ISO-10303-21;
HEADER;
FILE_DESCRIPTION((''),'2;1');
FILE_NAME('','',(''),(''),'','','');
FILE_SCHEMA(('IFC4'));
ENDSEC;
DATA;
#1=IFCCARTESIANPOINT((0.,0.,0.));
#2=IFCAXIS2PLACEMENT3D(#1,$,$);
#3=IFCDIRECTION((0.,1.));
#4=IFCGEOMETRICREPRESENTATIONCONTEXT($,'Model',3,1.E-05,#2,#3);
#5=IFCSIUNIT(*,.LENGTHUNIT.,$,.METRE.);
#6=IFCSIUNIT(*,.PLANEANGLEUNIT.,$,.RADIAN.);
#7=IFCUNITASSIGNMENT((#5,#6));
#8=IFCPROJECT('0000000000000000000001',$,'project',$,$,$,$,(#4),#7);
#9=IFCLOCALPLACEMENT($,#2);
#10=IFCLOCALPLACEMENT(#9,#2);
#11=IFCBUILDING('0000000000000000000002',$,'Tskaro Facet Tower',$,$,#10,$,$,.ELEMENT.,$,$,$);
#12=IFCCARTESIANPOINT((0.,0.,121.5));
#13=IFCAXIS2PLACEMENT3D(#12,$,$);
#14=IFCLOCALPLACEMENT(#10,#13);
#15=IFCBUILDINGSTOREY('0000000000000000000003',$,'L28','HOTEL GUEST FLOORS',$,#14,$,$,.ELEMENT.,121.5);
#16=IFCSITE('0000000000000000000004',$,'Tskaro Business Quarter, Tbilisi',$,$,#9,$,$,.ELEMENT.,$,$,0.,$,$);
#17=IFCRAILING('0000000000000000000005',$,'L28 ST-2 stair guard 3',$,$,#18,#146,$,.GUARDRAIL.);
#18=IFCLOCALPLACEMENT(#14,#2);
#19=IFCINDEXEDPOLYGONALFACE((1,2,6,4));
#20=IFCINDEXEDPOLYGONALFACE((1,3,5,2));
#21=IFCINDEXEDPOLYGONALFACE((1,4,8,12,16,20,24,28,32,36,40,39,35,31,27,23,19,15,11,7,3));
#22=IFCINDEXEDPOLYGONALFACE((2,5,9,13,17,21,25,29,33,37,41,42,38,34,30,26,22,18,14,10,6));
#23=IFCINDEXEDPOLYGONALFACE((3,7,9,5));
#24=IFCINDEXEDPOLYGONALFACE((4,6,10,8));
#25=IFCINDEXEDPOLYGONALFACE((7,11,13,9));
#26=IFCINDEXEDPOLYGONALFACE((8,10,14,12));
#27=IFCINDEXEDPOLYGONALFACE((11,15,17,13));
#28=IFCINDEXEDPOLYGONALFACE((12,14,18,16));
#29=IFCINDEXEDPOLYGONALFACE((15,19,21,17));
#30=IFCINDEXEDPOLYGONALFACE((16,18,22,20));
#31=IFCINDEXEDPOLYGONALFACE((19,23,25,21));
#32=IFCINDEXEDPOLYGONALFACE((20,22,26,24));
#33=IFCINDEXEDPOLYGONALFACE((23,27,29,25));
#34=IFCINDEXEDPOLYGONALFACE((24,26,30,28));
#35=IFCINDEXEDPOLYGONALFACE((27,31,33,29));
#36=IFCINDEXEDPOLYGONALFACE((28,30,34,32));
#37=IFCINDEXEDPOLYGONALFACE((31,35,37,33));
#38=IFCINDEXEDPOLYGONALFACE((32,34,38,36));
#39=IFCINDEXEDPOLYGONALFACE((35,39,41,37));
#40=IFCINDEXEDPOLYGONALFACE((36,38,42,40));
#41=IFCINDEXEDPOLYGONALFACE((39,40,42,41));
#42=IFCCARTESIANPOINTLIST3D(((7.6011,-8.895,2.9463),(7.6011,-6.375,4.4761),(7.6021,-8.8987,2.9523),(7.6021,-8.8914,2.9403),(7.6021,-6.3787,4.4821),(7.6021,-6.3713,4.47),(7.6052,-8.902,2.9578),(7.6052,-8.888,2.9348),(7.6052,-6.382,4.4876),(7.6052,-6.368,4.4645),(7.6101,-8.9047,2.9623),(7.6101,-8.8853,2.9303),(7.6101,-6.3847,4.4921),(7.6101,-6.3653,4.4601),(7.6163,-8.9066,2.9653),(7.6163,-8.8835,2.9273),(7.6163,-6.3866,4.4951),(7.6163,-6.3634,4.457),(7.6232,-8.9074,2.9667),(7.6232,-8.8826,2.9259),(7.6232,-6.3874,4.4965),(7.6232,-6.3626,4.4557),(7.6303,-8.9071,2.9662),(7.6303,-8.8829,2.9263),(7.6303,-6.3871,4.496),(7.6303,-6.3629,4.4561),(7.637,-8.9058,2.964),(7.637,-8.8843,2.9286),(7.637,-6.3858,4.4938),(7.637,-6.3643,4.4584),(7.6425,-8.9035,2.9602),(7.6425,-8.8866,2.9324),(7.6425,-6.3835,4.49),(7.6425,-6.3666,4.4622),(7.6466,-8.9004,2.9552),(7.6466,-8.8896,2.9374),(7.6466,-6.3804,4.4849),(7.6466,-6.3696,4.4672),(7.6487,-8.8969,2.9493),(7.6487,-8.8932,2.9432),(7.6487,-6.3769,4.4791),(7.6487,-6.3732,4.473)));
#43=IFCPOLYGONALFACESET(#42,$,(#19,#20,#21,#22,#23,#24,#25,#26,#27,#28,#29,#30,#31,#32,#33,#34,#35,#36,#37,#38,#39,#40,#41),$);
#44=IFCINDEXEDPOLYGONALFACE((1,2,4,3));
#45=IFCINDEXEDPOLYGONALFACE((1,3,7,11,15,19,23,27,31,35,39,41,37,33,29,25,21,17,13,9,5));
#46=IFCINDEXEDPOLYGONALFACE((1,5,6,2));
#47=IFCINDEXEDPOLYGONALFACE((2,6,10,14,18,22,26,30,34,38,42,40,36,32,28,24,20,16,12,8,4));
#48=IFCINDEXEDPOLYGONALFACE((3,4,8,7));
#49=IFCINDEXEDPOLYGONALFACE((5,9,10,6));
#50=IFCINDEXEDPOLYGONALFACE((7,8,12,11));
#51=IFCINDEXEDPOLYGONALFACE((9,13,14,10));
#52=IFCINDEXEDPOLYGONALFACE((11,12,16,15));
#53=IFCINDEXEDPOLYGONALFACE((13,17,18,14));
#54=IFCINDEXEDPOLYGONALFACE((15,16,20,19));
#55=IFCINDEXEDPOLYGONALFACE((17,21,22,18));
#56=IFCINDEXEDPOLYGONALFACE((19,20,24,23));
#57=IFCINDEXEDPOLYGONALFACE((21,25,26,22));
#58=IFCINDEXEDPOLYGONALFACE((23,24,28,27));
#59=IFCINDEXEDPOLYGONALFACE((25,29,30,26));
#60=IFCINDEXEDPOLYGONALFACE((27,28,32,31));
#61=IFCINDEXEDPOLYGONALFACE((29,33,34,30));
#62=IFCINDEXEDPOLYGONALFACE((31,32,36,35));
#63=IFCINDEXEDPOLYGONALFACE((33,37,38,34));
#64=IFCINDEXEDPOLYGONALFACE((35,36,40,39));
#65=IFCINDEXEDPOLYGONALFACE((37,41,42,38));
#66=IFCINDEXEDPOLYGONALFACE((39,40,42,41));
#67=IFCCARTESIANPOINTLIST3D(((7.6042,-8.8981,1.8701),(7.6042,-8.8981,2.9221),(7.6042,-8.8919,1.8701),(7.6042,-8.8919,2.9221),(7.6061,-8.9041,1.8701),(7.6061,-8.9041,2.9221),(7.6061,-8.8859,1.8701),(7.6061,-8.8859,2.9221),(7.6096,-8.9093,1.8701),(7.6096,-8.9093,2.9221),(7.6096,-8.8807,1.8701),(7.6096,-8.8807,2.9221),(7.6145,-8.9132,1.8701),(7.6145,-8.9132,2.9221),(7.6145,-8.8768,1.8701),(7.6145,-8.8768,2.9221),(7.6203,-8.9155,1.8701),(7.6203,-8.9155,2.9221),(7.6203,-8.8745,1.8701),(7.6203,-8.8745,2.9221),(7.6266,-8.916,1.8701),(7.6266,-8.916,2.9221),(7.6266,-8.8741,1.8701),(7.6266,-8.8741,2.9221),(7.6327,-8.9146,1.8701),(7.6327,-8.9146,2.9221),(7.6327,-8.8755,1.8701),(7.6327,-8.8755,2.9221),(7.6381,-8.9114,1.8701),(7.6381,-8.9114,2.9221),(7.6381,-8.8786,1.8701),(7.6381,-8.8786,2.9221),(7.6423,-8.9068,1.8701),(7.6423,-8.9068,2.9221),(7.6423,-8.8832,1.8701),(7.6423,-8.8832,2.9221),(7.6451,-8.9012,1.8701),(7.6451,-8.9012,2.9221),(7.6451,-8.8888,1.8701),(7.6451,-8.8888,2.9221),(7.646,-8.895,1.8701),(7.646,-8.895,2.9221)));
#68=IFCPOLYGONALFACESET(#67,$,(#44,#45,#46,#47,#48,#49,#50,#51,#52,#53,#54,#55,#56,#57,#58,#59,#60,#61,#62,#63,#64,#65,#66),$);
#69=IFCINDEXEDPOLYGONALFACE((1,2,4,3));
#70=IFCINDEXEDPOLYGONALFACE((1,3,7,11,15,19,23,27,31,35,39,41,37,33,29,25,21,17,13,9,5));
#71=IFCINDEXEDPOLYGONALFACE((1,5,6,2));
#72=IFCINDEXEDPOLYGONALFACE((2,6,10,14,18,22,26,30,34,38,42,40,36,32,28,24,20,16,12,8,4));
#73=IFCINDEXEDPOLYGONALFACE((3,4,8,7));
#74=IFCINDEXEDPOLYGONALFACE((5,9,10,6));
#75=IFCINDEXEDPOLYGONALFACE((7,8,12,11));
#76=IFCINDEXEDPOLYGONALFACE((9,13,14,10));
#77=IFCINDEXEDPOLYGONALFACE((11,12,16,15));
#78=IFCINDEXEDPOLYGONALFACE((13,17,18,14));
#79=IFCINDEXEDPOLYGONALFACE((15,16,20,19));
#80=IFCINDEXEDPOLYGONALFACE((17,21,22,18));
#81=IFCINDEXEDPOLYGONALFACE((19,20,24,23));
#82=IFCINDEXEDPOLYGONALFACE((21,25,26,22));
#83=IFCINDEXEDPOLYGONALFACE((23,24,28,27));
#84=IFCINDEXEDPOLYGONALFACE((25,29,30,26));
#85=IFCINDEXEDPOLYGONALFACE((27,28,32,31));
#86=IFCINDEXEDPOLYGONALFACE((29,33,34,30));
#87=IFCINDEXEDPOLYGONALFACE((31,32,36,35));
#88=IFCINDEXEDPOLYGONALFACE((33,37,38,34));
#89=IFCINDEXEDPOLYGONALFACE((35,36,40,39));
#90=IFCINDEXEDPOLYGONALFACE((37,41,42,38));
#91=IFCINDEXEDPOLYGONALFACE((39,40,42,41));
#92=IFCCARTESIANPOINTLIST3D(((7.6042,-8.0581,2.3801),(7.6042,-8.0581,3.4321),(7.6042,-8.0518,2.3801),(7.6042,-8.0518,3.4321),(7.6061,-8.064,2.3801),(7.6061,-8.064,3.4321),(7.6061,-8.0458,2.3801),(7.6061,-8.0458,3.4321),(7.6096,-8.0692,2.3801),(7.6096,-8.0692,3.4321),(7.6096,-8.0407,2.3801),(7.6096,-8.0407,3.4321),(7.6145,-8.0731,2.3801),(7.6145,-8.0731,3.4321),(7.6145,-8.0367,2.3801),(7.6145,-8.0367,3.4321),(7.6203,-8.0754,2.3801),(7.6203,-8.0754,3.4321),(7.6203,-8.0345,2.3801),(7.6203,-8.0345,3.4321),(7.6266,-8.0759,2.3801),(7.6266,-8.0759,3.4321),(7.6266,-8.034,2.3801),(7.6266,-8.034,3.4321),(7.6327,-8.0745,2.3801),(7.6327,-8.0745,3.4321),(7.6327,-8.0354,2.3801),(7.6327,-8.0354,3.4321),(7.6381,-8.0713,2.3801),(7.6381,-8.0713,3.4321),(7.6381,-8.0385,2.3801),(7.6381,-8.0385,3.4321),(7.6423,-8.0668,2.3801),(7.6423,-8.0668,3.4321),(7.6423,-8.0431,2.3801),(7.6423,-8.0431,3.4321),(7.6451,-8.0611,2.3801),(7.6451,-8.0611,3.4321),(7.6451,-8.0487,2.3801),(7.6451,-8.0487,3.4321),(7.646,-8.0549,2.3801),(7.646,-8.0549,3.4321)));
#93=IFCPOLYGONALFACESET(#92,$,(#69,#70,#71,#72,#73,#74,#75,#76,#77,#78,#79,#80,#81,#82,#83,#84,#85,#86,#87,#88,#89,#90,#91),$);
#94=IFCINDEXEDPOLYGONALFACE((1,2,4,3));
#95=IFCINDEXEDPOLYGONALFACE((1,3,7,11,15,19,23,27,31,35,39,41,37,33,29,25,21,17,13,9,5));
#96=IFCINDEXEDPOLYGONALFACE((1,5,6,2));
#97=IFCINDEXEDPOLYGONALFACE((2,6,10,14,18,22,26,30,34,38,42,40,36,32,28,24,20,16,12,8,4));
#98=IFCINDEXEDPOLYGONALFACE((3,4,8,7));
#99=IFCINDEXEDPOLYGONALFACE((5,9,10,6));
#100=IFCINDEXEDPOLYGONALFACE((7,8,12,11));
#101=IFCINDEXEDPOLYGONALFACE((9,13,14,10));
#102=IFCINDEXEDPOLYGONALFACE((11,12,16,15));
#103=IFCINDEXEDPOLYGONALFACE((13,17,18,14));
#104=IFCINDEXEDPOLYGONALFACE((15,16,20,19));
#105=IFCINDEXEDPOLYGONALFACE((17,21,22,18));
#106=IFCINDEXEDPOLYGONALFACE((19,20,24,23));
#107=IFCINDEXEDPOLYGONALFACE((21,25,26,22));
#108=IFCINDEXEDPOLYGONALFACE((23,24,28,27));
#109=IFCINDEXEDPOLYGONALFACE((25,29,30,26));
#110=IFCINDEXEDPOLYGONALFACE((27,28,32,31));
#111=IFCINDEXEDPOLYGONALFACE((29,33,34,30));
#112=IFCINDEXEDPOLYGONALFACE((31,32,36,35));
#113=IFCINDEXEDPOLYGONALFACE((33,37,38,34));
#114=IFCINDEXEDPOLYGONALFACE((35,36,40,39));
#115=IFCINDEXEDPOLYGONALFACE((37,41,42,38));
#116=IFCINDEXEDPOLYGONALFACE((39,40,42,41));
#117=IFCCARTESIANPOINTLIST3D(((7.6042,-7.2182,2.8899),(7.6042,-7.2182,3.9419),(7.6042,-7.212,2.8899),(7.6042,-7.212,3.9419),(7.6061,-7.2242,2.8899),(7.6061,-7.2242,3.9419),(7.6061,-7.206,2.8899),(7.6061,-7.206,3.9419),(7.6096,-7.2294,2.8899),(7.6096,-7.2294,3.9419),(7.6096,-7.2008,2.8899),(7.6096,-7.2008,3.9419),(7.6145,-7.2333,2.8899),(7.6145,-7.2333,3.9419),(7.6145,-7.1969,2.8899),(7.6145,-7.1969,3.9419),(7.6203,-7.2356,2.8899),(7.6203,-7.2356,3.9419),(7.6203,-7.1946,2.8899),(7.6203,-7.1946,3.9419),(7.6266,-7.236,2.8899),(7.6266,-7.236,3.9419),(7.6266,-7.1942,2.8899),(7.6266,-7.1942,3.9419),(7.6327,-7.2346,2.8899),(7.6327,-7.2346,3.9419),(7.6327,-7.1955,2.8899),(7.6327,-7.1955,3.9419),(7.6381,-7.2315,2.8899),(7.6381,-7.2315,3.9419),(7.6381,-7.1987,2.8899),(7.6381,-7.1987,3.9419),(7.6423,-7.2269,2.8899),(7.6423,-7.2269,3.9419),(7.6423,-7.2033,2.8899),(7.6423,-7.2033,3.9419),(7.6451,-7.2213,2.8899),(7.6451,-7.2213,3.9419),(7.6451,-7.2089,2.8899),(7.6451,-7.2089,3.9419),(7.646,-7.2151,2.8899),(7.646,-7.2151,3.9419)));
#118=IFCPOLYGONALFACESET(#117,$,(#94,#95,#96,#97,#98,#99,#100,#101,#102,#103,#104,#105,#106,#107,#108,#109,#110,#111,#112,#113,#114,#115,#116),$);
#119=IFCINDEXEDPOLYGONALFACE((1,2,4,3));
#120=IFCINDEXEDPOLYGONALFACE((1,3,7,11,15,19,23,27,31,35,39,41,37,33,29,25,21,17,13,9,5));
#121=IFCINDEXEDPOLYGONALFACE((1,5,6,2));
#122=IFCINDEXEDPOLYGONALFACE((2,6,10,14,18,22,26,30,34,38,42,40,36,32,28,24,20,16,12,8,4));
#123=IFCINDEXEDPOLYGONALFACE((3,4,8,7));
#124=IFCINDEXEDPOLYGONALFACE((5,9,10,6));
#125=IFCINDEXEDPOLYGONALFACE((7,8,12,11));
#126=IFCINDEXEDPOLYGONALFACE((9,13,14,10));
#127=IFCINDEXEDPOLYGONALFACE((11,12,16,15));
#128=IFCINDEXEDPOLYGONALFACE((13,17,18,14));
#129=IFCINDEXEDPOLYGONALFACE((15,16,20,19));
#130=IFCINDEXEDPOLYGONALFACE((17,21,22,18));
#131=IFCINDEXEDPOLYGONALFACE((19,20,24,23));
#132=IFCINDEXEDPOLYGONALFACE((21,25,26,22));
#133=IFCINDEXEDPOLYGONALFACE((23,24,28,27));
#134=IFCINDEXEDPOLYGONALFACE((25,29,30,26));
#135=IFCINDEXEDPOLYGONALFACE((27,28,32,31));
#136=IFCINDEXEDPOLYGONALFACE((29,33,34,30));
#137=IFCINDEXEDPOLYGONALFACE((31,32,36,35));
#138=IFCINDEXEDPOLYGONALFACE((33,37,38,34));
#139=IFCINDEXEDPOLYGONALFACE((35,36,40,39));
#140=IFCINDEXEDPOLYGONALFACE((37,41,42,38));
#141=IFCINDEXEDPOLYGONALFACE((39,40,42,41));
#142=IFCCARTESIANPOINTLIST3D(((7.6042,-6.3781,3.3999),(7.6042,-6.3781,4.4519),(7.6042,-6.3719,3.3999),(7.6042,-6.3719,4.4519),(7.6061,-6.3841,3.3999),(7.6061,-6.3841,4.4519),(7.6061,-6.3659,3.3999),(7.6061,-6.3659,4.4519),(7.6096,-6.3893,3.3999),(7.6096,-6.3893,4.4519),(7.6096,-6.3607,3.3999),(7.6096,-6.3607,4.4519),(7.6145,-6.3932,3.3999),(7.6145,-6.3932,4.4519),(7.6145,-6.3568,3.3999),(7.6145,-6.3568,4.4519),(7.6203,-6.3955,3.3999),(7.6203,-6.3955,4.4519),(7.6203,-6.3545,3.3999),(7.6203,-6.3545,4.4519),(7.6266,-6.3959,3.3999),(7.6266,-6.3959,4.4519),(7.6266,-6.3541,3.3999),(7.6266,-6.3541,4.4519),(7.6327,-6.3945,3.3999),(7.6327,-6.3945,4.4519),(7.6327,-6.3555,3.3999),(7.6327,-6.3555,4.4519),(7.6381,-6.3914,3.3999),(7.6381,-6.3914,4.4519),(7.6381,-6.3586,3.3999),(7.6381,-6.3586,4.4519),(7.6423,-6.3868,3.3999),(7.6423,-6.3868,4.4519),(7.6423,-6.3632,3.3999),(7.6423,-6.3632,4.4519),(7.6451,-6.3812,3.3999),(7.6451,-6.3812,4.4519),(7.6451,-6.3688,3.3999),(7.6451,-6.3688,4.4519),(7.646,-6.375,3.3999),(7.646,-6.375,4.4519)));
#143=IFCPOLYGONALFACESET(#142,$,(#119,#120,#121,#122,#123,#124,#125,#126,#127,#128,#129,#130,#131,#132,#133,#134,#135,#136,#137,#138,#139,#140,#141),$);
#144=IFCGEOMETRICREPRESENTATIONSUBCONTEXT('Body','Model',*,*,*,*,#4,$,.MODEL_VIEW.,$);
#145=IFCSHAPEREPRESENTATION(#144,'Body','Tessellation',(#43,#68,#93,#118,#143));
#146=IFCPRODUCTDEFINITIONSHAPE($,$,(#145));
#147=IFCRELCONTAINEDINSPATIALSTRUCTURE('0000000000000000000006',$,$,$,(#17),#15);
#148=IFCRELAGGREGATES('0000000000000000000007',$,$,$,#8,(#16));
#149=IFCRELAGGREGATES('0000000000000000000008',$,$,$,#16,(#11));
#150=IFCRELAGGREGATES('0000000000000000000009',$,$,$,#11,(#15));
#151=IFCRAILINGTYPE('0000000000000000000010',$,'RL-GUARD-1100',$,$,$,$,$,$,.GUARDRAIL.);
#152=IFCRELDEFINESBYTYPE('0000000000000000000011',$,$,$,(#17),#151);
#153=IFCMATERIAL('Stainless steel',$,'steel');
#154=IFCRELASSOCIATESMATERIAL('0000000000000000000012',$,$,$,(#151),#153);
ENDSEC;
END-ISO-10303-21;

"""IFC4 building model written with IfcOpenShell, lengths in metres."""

from ifc_helpers import new_model, si_unit, direction, frame, origin, origin_2d, place, context, subcontext, project, spatial, circle, extrude, material, type_object, element, save


model = new_model("IFC4")

# Units and contexts
model_context = context("Model", 3, precision=1e-05, world=origin(), true_north=direction((0.0, 1.0)))
body_context = subcontext(model_context, "Body", "Model", "MODEL_VIEW")
ifc_project = project(units=[si_unit("LENGTHUNIT", "METRE"), si_unit("PLANEANGLEUNIT", "RADIAN")], contexts=[model_context])

# Site, building, storey
site_placement = place(None, origin())
site = spatial("IfcSite", under=ifc_project, at=site_placement, Name="Tskaro Business Quarter, Tbilisi", CompositionType="ELEMENT", RefElevation=0.0)
building_placement = place(site_placement, origin())
building = spatial("IfcBuilding", under=site, at=building_placement, Name="Tskaro Facet Tower", CompositionType="ELEMENT")
storey_placement = place(building_placement, frame((0.0, 0.0, 121.5)))
storey = spatial("IfcBuildingStorey", under=building, at=storey_placement, Name="L28", Description="HOTEL GUEST FLOORS", CompositionType="ELEMENT", Elevation=121.5)

# Railing
ifc_material_1 = material(Name="Stainless steel", Category="steel")
railing_type = type_object("IfcRailingType", Name="RL-GUARD-1100", PredefinedType="GUARDRAIL", material=ifc_material_1)
railing_1_placement = place(storey_placement, frame((7.625, -8.895, 1.8701)))
element("IfcRailing", 1, at=railing_1_placement, inside=storey, type_object=railing_type, Name="L28 ST-2 stair guard 3", PredefinedType="GUARDRAIL", context=body_context, shape_type="SweptSolid", body=[
    extrude(circle(Radius=0.0239, at=origin_2d()), frame((0.0, 0.0, 1.0762), z_axis=(0.0, 0.854822, 0.518922), x_axis=(-1.0, 0.0, 0.0)), (0.0, 0.0, 1.0), 2.948),
    extrude(circle(Radius=0.021, at=origin_2d()), origin(), (0.0, 0.0, 1.0), 1.052),
    extrude(circle(Radius=0.021, at=origin_2d()), frame((0.0, 0.8401, 0.51)), (0.0, 0.0, 1.0), 1.052),
    extrude(circle(Radius=0.021, at=origin_2d()), frame((0.0, 1.6799, 1.0198)), (0.0, 0.0, 1.0), 1.052),
    extrude(circle(Radius=0.021, at=origin_2d()), frame((0.0, 2.52, 1.5298)), (0.0, 0.0, 1.0), 1.052),
])

save(model, "model.ifc")
